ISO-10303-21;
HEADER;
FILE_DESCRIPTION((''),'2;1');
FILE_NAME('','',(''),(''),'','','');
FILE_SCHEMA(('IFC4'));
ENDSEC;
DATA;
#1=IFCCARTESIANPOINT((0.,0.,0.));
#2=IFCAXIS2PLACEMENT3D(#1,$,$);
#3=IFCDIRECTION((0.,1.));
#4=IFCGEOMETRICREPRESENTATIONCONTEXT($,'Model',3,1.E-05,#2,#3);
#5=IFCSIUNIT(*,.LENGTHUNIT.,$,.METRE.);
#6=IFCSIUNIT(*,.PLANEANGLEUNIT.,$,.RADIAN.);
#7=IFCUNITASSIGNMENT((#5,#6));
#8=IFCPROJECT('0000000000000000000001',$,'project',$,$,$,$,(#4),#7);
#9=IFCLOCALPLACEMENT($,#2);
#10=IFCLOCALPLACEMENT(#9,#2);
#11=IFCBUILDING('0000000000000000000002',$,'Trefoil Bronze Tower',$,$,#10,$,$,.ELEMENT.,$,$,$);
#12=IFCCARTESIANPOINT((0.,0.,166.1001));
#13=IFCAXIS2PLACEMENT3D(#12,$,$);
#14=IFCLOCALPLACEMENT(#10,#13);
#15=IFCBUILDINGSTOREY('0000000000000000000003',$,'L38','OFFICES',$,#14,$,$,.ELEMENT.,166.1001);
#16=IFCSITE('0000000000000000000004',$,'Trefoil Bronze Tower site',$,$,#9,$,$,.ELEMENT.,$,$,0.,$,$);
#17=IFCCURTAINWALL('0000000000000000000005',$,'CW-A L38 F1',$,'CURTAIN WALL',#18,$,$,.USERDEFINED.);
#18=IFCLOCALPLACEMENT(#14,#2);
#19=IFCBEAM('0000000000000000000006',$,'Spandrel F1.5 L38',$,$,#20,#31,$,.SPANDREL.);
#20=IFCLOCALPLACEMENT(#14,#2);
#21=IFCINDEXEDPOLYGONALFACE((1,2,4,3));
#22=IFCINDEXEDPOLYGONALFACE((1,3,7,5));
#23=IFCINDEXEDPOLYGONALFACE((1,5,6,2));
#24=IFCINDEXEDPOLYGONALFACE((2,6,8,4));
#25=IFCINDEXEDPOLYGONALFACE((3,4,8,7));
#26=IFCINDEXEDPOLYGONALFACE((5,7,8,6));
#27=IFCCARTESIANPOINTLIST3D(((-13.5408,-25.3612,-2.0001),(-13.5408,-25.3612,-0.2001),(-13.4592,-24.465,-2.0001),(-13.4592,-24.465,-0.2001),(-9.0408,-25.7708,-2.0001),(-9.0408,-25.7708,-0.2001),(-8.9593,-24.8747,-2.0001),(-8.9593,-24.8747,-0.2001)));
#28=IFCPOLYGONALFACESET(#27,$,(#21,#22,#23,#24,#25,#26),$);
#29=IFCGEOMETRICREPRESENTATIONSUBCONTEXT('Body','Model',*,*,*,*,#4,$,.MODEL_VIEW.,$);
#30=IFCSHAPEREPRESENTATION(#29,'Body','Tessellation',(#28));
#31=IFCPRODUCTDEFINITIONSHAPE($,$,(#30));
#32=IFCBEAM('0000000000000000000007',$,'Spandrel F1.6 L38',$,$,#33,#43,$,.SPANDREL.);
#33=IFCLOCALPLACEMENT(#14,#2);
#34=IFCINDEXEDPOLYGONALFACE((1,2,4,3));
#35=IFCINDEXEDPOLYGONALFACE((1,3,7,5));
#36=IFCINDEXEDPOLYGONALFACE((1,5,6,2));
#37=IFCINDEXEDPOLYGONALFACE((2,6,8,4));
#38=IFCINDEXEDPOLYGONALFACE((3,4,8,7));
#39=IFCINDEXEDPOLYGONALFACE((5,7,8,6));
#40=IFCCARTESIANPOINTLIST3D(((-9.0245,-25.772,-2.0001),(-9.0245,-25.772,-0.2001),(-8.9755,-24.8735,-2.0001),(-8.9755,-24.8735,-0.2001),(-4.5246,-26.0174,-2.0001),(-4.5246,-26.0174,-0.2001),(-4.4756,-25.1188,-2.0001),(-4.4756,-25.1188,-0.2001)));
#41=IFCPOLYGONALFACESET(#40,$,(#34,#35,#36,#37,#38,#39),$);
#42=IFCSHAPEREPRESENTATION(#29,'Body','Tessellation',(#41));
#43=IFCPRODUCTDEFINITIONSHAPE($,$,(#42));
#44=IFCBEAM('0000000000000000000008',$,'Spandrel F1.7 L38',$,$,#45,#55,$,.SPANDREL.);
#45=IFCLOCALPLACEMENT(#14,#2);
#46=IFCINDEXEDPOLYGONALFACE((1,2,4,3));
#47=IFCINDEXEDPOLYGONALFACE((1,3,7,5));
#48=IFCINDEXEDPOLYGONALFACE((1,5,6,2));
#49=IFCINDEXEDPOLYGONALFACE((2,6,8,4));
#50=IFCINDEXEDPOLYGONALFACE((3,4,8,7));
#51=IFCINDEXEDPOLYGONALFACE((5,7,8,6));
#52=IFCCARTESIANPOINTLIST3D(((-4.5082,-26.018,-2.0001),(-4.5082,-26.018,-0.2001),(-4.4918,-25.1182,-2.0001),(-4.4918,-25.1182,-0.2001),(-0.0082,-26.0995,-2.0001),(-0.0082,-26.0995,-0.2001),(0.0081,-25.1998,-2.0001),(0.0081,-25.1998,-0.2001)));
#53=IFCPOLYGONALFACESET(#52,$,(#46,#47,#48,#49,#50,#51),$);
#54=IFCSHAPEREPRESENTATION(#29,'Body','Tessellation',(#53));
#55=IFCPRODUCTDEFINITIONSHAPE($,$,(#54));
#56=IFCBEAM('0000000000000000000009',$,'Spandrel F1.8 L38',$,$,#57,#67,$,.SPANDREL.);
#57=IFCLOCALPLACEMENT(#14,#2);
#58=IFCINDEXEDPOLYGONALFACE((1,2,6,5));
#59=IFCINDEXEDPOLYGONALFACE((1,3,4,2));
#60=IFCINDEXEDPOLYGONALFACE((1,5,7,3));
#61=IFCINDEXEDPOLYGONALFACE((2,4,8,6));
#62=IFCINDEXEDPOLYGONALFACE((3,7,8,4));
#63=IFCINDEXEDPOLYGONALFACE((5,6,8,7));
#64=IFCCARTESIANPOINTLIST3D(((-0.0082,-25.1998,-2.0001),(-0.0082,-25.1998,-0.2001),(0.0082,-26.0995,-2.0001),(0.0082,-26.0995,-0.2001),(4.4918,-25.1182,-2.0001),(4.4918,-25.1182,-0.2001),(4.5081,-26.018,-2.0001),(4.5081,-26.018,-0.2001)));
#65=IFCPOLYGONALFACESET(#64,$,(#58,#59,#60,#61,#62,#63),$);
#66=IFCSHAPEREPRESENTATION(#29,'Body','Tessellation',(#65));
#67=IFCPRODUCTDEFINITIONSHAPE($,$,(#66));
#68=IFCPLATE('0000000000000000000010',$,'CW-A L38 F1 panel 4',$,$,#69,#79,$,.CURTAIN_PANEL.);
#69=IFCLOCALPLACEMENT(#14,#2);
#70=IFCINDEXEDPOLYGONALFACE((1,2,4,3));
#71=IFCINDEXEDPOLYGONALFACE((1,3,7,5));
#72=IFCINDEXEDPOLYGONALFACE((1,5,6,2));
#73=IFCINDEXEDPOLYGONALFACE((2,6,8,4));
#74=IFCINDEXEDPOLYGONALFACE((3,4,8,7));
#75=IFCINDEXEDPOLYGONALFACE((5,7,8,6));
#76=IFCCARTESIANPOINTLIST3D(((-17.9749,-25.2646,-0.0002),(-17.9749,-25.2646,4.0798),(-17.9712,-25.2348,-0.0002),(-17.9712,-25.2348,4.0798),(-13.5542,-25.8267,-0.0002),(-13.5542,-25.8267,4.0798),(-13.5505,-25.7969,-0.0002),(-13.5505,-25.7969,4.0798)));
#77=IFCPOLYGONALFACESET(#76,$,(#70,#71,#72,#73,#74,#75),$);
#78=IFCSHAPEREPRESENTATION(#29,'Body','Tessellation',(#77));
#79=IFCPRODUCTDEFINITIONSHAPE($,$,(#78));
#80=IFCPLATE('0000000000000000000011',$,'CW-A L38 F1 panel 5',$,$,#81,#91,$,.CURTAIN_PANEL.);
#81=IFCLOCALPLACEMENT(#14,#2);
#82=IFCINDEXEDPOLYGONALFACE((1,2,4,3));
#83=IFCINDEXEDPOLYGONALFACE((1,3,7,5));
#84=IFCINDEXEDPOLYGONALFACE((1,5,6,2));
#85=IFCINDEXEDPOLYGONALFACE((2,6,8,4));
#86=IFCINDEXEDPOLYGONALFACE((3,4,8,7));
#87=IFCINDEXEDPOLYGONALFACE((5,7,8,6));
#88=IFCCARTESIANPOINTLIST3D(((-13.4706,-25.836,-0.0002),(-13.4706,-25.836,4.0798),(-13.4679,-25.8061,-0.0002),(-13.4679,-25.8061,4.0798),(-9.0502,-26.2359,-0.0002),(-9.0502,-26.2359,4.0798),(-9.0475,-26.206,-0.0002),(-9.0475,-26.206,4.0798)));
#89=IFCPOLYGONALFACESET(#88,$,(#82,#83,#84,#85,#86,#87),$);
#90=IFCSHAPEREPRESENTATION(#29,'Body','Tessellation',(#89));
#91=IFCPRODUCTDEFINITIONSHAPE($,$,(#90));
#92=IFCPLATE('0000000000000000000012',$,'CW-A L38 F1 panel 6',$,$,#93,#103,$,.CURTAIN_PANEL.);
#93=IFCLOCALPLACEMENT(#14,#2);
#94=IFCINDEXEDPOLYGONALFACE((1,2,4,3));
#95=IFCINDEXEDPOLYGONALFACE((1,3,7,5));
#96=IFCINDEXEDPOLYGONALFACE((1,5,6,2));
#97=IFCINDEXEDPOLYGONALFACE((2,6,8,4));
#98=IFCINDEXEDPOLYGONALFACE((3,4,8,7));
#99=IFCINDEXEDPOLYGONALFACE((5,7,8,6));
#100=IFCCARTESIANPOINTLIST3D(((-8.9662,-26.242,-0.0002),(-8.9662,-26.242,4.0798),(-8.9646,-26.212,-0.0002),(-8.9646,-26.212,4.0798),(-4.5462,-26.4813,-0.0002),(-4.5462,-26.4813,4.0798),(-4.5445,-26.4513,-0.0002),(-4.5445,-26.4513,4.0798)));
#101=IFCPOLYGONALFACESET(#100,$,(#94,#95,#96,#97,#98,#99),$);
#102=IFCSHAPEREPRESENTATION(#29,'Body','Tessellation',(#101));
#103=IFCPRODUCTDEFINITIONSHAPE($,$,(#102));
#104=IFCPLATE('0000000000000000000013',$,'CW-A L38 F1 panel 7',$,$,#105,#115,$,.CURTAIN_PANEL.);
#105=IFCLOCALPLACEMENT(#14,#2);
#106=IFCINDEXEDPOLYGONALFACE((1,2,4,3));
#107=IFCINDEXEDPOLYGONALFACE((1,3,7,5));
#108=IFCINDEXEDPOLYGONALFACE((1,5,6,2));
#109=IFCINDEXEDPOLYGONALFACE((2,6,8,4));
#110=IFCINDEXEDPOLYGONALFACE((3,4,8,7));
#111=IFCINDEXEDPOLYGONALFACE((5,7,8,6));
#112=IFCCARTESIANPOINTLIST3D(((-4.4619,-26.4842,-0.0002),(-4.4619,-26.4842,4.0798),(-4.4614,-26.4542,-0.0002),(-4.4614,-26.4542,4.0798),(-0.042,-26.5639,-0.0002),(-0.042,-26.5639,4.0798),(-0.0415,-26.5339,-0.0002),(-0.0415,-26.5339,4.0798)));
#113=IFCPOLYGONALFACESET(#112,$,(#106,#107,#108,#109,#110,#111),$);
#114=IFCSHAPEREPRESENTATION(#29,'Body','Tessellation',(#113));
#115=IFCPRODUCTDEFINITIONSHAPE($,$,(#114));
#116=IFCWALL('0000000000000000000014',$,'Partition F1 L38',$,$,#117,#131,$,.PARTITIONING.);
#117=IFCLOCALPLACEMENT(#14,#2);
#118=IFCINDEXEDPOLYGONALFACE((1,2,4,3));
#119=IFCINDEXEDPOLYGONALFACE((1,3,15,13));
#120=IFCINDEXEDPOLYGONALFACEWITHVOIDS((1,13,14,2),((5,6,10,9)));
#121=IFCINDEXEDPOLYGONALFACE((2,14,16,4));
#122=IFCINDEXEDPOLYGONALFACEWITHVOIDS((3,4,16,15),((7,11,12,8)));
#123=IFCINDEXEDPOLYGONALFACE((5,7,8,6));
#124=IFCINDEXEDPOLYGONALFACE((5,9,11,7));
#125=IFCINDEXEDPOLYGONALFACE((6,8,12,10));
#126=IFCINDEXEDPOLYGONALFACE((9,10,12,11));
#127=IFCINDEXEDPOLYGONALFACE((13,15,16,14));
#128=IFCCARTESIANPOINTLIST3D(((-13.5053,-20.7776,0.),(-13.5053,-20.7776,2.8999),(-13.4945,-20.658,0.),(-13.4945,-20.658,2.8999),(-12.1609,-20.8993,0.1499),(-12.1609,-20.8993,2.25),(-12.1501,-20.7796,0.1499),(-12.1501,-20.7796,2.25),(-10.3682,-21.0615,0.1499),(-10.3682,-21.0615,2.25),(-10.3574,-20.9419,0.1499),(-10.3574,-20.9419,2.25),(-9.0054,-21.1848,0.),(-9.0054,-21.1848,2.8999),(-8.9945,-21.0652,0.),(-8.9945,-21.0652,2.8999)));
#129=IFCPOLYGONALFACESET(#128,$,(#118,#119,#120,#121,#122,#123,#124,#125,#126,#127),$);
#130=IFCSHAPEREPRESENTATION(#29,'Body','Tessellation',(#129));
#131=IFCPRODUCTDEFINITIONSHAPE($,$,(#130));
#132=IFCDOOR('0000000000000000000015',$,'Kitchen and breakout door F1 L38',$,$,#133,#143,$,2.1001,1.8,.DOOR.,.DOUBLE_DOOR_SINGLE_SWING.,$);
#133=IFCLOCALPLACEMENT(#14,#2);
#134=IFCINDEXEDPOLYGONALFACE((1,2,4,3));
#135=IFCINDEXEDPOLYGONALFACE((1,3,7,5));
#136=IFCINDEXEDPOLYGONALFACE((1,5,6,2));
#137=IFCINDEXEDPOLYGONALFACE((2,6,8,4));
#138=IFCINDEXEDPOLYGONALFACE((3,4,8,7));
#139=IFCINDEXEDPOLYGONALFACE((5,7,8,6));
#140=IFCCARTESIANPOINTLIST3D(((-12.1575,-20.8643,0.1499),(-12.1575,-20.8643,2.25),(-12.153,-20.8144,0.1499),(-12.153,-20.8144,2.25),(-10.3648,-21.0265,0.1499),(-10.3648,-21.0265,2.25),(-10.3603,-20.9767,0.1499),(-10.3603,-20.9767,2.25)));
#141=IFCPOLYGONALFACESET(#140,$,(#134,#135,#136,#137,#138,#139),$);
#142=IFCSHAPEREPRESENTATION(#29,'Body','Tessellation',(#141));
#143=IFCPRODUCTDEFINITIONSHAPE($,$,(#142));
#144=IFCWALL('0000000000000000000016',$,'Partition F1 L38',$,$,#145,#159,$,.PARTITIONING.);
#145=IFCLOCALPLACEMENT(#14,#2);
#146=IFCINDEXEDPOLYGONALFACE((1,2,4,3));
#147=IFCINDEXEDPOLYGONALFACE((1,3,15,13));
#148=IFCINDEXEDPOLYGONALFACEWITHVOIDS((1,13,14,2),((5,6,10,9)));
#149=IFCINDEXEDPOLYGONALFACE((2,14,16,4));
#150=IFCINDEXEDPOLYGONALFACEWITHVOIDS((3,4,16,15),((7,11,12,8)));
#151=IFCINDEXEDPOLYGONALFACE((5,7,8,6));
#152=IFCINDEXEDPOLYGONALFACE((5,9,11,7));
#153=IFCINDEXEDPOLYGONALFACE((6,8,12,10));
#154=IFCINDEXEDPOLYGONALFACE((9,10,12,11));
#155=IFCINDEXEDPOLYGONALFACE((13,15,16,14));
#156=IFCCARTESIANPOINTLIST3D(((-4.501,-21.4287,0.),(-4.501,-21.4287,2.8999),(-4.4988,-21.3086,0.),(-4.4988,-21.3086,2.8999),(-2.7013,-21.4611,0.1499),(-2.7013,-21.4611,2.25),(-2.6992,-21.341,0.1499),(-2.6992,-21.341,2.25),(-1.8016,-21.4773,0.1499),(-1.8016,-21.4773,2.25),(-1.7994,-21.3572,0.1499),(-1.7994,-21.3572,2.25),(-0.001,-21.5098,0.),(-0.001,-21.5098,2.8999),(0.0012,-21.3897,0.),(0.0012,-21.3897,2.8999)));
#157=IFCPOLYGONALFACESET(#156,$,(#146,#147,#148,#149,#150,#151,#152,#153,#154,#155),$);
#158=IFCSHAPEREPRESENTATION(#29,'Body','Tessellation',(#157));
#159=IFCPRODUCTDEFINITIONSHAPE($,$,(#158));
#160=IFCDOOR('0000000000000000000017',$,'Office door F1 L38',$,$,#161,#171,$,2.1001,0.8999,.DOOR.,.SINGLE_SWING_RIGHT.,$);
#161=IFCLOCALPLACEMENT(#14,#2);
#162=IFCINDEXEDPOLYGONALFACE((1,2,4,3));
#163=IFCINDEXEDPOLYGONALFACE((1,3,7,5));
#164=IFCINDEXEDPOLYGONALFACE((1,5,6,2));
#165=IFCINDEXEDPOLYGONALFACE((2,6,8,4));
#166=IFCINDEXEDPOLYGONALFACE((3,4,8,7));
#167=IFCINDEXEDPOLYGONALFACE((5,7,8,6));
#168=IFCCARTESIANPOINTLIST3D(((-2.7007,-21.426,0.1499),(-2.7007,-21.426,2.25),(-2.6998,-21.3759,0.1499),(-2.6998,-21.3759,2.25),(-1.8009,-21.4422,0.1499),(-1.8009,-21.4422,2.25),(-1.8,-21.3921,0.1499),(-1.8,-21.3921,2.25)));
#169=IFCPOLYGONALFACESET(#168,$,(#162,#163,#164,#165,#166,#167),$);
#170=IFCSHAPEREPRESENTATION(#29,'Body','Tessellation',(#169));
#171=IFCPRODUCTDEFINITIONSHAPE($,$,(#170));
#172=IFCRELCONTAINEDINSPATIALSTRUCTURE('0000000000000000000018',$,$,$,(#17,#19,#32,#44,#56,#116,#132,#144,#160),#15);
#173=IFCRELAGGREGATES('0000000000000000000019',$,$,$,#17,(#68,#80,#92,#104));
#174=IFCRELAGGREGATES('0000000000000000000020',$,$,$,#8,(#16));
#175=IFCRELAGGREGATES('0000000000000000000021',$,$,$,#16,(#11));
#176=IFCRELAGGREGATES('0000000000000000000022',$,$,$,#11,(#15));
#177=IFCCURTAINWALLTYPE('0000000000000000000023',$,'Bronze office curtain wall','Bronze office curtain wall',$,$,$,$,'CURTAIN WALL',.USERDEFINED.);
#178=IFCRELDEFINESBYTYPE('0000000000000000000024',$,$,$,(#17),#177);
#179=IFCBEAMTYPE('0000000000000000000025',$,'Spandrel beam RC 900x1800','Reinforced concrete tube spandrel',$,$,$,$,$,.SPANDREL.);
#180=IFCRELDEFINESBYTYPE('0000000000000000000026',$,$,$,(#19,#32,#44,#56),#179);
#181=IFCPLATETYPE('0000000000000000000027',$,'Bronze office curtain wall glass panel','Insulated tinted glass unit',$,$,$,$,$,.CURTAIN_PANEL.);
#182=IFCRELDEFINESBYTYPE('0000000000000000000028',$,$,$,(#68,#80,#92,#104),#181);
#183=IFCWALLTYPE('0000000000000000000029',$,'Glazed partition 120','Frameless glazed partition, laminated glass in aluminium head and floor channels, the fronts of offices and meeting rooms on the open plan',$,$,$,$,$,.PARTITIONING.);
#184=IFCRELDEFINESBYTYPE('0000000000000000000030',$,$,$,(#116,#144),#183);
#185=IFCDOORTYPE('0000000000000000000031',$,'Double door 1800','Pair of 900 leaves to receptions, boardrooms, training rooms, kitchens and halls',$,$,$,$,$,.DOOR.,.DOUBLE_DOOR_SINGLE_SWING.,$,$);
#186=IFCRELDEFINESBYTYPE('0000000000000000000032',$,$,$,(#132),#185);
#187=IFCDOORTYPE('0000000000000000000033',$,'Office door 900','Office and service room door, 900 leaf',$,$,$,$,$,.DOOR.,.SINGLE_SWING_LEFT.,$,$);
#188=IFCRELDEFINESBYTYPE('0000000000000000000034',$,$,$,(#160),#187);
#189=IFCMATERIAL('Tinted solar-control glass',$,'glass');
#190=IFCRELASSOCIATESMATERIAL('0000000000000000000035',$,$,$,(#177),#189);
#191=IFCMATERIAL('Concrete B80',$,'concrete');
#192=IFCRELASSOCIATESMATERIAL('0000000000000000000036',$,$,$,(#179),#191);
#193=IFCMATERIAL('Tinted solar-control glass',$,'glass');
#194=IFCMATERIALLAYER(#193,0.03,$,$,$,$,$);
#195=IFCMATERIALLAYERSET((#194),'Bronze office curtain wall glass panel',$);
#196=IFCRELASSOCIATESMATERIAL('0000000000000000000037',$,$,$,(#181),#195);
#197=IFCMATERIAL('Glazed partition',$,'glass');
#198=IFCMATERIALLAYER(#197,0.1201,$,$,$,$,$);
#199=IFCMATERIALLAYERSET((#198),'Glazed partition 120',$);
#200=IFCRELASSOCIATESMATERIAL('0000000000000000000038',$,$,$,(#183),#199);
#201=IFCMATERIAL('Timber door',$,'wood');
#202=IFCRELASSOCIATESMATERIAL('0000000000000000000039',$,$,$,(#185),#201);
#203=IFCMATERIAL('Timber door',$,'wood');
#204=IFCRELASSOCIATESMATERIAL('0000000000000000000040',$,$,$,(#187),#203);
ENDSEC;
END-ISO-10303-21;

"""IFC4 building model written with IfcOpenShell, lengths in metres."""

from ifc_helpers import new_model, si_unit, direction, frame, frame_2d, origin, origin_2d, place, context, subcontext, project, spatial, rectangle, extrude, material, layer, layer_set, material_profile, profile_set, type_object, element, fill, aggregate, save


model = new_model("IFC4")

# Units and contexts
model_context = context("Model", 3, precision=1e-05, world=origin(), true_north=direction((0.0, 1.0)))
body_context = subcontext(model_context, "Body", "Model", "MODEL_VIEW")
ifc_project = project(units=[si_unit("LENGTHUNIT", "METRE"), si_unit("PLANEANGLEUNIT", "RADIAN")], contexts=[model_context])

# Site, building, storey
site_placement = place(None, origin())
site = spatial("IfcSite", under=ifc_project, at=site_placement, Name="Trefoil Bronze Tower site", CompositionType="ELEMENT", RefElevation=0.0)
building_placement = place(site_placement, origin())
building = spatial("IfcBuilding", under=site, at=building_placement, Name="Trefoil Bronze Tower", CompositionType="ELEMENT")
storey_placement = place(building_placement, frame((0.0, 0.0, 166.1001)))
storey = spatial("IfcBuildingStorey", under=building, at=storey_placement, Name="L38", Description="OFFICES", CompositionType="ELEMENT", Elevation=166.1001)

# Curtain wall
ifc_material_1 = material(Name="Tinted solar-control glass", Category="glass")
curtain_wall_type = type_object("IfcCurtainWallType", Name="Bronze office curtain wall", Description="Bronze office curtain wall", ElementType="CURTAIN WALL", PredefinedType="USERDEFINED", material=ifc_material_1)
curtain_wall_placement = place(storey_placement, origin())
curtain_wall = element("IfcCurtainWall", 1, at=curtain_wall_placement, inside=storey, type_object=curtain_wall_type, Name="CW-A L38 F1", ObjectType="CURTAIN WALL", PredefinedType="USERDEFINED")

# Beams
ifc_material_2 = material(Name="Concrete B80", Category="concrete")
ifc_material_profile_1 = material_profile(ifc_material_2, rectangle(XDim=0.8999, YDim=1.8, at=origin_2d()), Name="RC 900x1800")
ifc_profile_set_1 = profile_set([ifc_material_profile_1], Name="Concrete B80")
beam_type_1 = type_object("IfcBeamType", Name="Spandrel beam RC 900x1800", Description="Reinforced concrete tube spandrel", PredefinedType="SPANDREL", material=ifc_profile_set_1)
beam_1_placement = place(storey_placement, frame((-13.5, -24.9131, -1.1001), z_axis=(0.995882, -0.090662, 0.0), x_axis=(0.090662, 0.995882, 0.0)))
element("IfcBeam", 2, at=beam_1_placement, inside=storey, type_object=beam_type_1, Name="Spandrel F1.5 L38", PredefinedType="SPANDREL", context=body_context, shape_type="SweptSolid", body=[
    extrude(rectangle(XDim=0.8999, YDim=1.8, at=origin_2d()), origin(), (0.0, 0.0, 1.0), 4.5186),
])
beam_2_placement = place(storey_placement, frame((-9.0, -25.3228, -1.1001), z_axis=(0.998517, -0.054444, 0.0), x_axis=(0.054444, 0.998517, 0.0)))
element("IfcBeam", 3, at=beam_2_placement, inside=storey, type_object=beam_type_1, Name="Spandrel F1.6 L38", PredefinedType="SPANDREL", context=body_context, shape_type="SweptSolid", body=[
    extrude(rectangle(XDim=0.8999, YDim=1.8, at=origin_2d()), origin(), (0.0, 0.0, 1.0), 4.5066),
])
for number, where, z_axis, x_axis, name in (
    (4, (-4.5, -25.5681, -1.1001), (0.999836, -0.018118, 0.0), (0.018118, 0.999836, 0.0), "Spandrel F1.7 L38"),
    (5, (0.0, -25.6497, -1.1001), (0.999836, 0.018118, 0.0), (-0.018118, 0.999836, 0.0), "Spandrel F1.8 L38"),
):
    element("IfcBeam", number, at=place(storey_placement, frame(where, z_axis=z_axis, x_axis=x_axis)), inside=storey, type_object=beam_type_1, Name=name, PredefinedType="SPANDREL", context=body_context, shape_type="SweptSolid", body=[
        extrude(rectangle(XDim=0.8999, YDim=1.8, at=origin_2d()), origin(), (0.0, 0.0, 1.0), 4.5007),
    ])

# Plates
ifc_material_3 = material(Name="Tinted solar-control glass", Category="glass")
ifc_layer_1 = layer(ifc_material_3, 0.03)
ifc_layer_set_1 = layer_set([ifc_layer_1], Name="Bronze office curtain wall glass panel")
plate_type = type_object("IfcPlateType", Name="Bronze office curtain wall glass panel", Description="Insulated tinted glass unit", PredefinedType="CURTAIN_PANEL", material=ifc_layer_set_1)
plate_1_placement = place(storey_placement, frame((-15.7627, -25.5308, -0.0002), z_axis=(0.0, 0.0, 1.0), x_axis=(0.992012, -0.126147, 0.0)))
plate_1 = element("IfcPlate", 6, at=plate_1_placement, type_object=plate_type, Name="CW-A L38 F1 panel 4", PredefinedType="CURTAIN_PANEL", context=body_context, shape_type="SweptSolid", body=[
    extrude(rectangle(XDim=4.4563, YDim=0.03, at=origin_2d()), origin(), (0.0, 0.0, 1.0), 4.0801),
])
plate_2_placement = place(storey_placement, frame((-11.259, -26.021, -0.0002), z_axis=(0.0, 0.0, 1.0), x_axis=(0.995932, -0.090105, 0.0)))
plate_2 = element("IfcPlate", 7, at=plate_2_placement, type_object=plate_type, Name="CW-A L38 F1 panel 5", PredefinedType="CURTAIN_PANEL", context=body_context, shape_type="SweptSolid", body=[
    extrude(rectangle(XDim=4.4385, YDim=0.03, at=origin_2d()), origin(), (0.0, 0.0, 1.0), 4.0801),
])
plate_3_placement = place(storey_placement, frame((-6.7554, -26.3467, -0.0002), z_axis=(0.0, 0.0, 1.0), x_axis=(0.998538, -0.054063, 0.0)))
plate_3 = element("IfcPlate", 8, at=plate_3_placement, type_object=plate_type, Name="CW-A L38 F1 panel 6", PredefinedType="CURTAIN_PANEL", context=body_context, shape_type="SweptSolid", body=[
    extrude(rectangle(XDim=4.4265, YDim=0.03, at=origin_2d()), origin(), (0.0, 0.0, 1.0), 4.0801),
])
plate_4_placement = place(storey_placement, frame((-2.2517, -26.509, -0.0002), z_axis=(0.0, 0.0, 1.0), x_axis=(0.999838, -0.018021, 0.0)))
plate_4 = element("IfcPlate", 9, at=plate_4_placement, type_object=plate_type, Name="CW-A L38 F1 panel 7", PredefinedType="CURTAIN_PANEL", context=body_context, shape_type="SweptSolid", body=[
    extrude(rectangle(XDim=4.4207, YDim=0.03, at=origin_2d()), origin(), (0.0, 0.0, 1.0), 4.0801),
])
aggregate(curtain_wall, [plate_1, plate_2, plate_3, plate_4])

# Walls, openings, doors
ifc_material_4 = material(Name="Glazed partition", Category="glass")
ifc_layer_2 = layer(ifc_material_4, 0.1201)
ifc_layer_set_2 = layer_set([ifc_layer_2], Name="Glazed partition 120")
wall_type = type_object("IfcWallType", Name="Glazed partition 120", Description="Frameless glazed partition, laminated glass in aluminium head and floor channels, the fronts of offices and meeting rooms on the open plan", PredefinedType="PARTITIONING", material=ifc_layer_set_2)
wall_1_placement = place(storey_placement, frame((-13.5, -20.7178, 0.0), z_axis=(0.0, 0.0, 1.0), x_axis=(0.99593, -0.090127, 0.0)))
wall_1 = element("IfcWall", 10, at=wall_1_placement, inside=storey, type_object=wall_type, Name="Partition F1 L38", PredefinedType="PARTITIONING", context=body_context, shape_type="SweptSolid", body=[
    extrude(rectangle(XDim=4.5183, YDim=0.1201, at=frame_2d((2.2593, 0.0))), origin(), (0.0, 0.0, 1.0), 2.8999),
])
opening_1_placement = place(wall_1_placement, frame((1.3501, 0.0, 0.1499)))
opening_1 = element("IfcOpeningElement", 11, at=opening_1_placement, cuts=wall_1, PredefinedType="OPENING", context=body_context, shape_type="SweptSolid", body=[
    extrude(rectangle(XDim=1.8, YDim=2.1001, at=frame_2d((0.8999, 1.05))), frame((0.0, 0.0701, 0.0), z_axis=(0.0, -1.0, 0.0), x_axis=(1.0, 0.0, 0.0)), (0.0, 0.0, 1.0), 0.1401),
])
ifc_material_5 = material(Name="Timber door", Category="wood")
door_type_1 = type_object("IfcDoorType", Name="Double door 1800", Description="Pair of 900 leaves to receptions, boardrooms, training rooms, kitchens and halls", OperationType="DOUBLE_DOOR_SINGLE_SWING", PredefinedType="DOOR", material=ifc_material_5)
door_1_placement = place(opening_1_placement, frame((1.8, 0.0, 0.0), z_axis=(0.0, 0.0, 1.0), x_axis=(-1.0, 0.0, 0.0)))
door_1 = element("IfcDoor", 12, at=door_1_placement, inside=storey, type_object=door_type_1, Name="Kitchen and breakout door F1 L38", OperationType="DOUBLE_DOOR_SINGLE_SWING", OverallHeight=2.1001, OverallWidth=1.8, PredefinedType="DOOR", context=body_context, shape_type="SweptSolid", body=[
    extrude(rectangle(XDim=1.8, YDim=2.1001, at=frame_2d((0.8999, 1.05))), frame((0.0, 0.0249, 0.0), z_axis=(0.0, -1.0, 0.0), x_axis=(1.0, 0.0, 0.0)), (0.0, 0.0, 1.0), 0.05),
])
fill(opening_1, door_1)
wall_2_placement = place(storey_placement, frame((-4.5, -21.3687, 0.0), z_axis=(0.0, 0.0, 1.0), x_axis=(0.999838, -0.018009, 0.0)))
wall_2 = element("IfcWall", 13, at=wall_2_placement, inside=storey, type_object=wall_type, Name="Partition F1 L38", PredefinedType="PARTITIONING", context=body_context, shape_type="SweptSolid", body=[
    extrude(rectangle(XDim=4.5007, YDim=0.1201, at=frame_2d((2.2505, 0.0))), origin(), (0.0, 0.0, 1.0), 2.8999),
])
opening_2_placement = place(wall_2_placement, frame((1.8, 0.0, 0.1499)))
opening_2 = element("IfcOpeningElement", 14, at=opening_2_placement, cuts=wall_2, PredefinedType="OPENING", context=body_context, shape_type="SweptSolid", body=[
    extrude(rectangle(XDim=0.8999, YDim=2.1001, at=frame_2d((0.45, 1.05))), frame((0.0, 0.0701, 0.0), z_axis=(0.0, -1.0, 0.0), x_axis=(1.0, 0.0, 0.0)), (0.0, 0.0, 1.0), 0.1401),
])
ifc_material_6 = material(Name="Timber door", Category="wood")
door_type_2 = type_object("IfcDoorType", Name="Office door 900", Description="Office and service room door, 900 leaf", OperationType="SINGLE_SWING_LEFT", PredefinedType="DOOR", material=ifc_material_6)
door_2_placement = place(opening_2_placement, frame((0.8999, 0.0, 0.0), z_axis=(0.0, 0.0, 1.0), x_axis=(-1.0, 0.0, 0.0)))
door_2 = element("IfcDoor", 15, at=door_2_placement, inside=storey, type_object=door_type_2, Name="Office door F1 L38", OperationType="SINGLE_SWING_RIGHT", OverallHeight=2.1001, OverallWidth=0.8999, PredefinedType="DOOR", context=body_context, shape_type="SweptSolid", body=[
    extrude(rectangle(XDim=0.8999, YDim=2.1001, at=frame_2d((0.45, 1.05))), frame((0.0, 0.0249, 0.0), z_axis=(0.0, -1.0, 0.0), x_axis=(1.0, 0.0, 0.0)), (0.0, 0.0, 1.0), 0.05),
])
fill(opening_2, door_2)

save(model, "model.ifc")
